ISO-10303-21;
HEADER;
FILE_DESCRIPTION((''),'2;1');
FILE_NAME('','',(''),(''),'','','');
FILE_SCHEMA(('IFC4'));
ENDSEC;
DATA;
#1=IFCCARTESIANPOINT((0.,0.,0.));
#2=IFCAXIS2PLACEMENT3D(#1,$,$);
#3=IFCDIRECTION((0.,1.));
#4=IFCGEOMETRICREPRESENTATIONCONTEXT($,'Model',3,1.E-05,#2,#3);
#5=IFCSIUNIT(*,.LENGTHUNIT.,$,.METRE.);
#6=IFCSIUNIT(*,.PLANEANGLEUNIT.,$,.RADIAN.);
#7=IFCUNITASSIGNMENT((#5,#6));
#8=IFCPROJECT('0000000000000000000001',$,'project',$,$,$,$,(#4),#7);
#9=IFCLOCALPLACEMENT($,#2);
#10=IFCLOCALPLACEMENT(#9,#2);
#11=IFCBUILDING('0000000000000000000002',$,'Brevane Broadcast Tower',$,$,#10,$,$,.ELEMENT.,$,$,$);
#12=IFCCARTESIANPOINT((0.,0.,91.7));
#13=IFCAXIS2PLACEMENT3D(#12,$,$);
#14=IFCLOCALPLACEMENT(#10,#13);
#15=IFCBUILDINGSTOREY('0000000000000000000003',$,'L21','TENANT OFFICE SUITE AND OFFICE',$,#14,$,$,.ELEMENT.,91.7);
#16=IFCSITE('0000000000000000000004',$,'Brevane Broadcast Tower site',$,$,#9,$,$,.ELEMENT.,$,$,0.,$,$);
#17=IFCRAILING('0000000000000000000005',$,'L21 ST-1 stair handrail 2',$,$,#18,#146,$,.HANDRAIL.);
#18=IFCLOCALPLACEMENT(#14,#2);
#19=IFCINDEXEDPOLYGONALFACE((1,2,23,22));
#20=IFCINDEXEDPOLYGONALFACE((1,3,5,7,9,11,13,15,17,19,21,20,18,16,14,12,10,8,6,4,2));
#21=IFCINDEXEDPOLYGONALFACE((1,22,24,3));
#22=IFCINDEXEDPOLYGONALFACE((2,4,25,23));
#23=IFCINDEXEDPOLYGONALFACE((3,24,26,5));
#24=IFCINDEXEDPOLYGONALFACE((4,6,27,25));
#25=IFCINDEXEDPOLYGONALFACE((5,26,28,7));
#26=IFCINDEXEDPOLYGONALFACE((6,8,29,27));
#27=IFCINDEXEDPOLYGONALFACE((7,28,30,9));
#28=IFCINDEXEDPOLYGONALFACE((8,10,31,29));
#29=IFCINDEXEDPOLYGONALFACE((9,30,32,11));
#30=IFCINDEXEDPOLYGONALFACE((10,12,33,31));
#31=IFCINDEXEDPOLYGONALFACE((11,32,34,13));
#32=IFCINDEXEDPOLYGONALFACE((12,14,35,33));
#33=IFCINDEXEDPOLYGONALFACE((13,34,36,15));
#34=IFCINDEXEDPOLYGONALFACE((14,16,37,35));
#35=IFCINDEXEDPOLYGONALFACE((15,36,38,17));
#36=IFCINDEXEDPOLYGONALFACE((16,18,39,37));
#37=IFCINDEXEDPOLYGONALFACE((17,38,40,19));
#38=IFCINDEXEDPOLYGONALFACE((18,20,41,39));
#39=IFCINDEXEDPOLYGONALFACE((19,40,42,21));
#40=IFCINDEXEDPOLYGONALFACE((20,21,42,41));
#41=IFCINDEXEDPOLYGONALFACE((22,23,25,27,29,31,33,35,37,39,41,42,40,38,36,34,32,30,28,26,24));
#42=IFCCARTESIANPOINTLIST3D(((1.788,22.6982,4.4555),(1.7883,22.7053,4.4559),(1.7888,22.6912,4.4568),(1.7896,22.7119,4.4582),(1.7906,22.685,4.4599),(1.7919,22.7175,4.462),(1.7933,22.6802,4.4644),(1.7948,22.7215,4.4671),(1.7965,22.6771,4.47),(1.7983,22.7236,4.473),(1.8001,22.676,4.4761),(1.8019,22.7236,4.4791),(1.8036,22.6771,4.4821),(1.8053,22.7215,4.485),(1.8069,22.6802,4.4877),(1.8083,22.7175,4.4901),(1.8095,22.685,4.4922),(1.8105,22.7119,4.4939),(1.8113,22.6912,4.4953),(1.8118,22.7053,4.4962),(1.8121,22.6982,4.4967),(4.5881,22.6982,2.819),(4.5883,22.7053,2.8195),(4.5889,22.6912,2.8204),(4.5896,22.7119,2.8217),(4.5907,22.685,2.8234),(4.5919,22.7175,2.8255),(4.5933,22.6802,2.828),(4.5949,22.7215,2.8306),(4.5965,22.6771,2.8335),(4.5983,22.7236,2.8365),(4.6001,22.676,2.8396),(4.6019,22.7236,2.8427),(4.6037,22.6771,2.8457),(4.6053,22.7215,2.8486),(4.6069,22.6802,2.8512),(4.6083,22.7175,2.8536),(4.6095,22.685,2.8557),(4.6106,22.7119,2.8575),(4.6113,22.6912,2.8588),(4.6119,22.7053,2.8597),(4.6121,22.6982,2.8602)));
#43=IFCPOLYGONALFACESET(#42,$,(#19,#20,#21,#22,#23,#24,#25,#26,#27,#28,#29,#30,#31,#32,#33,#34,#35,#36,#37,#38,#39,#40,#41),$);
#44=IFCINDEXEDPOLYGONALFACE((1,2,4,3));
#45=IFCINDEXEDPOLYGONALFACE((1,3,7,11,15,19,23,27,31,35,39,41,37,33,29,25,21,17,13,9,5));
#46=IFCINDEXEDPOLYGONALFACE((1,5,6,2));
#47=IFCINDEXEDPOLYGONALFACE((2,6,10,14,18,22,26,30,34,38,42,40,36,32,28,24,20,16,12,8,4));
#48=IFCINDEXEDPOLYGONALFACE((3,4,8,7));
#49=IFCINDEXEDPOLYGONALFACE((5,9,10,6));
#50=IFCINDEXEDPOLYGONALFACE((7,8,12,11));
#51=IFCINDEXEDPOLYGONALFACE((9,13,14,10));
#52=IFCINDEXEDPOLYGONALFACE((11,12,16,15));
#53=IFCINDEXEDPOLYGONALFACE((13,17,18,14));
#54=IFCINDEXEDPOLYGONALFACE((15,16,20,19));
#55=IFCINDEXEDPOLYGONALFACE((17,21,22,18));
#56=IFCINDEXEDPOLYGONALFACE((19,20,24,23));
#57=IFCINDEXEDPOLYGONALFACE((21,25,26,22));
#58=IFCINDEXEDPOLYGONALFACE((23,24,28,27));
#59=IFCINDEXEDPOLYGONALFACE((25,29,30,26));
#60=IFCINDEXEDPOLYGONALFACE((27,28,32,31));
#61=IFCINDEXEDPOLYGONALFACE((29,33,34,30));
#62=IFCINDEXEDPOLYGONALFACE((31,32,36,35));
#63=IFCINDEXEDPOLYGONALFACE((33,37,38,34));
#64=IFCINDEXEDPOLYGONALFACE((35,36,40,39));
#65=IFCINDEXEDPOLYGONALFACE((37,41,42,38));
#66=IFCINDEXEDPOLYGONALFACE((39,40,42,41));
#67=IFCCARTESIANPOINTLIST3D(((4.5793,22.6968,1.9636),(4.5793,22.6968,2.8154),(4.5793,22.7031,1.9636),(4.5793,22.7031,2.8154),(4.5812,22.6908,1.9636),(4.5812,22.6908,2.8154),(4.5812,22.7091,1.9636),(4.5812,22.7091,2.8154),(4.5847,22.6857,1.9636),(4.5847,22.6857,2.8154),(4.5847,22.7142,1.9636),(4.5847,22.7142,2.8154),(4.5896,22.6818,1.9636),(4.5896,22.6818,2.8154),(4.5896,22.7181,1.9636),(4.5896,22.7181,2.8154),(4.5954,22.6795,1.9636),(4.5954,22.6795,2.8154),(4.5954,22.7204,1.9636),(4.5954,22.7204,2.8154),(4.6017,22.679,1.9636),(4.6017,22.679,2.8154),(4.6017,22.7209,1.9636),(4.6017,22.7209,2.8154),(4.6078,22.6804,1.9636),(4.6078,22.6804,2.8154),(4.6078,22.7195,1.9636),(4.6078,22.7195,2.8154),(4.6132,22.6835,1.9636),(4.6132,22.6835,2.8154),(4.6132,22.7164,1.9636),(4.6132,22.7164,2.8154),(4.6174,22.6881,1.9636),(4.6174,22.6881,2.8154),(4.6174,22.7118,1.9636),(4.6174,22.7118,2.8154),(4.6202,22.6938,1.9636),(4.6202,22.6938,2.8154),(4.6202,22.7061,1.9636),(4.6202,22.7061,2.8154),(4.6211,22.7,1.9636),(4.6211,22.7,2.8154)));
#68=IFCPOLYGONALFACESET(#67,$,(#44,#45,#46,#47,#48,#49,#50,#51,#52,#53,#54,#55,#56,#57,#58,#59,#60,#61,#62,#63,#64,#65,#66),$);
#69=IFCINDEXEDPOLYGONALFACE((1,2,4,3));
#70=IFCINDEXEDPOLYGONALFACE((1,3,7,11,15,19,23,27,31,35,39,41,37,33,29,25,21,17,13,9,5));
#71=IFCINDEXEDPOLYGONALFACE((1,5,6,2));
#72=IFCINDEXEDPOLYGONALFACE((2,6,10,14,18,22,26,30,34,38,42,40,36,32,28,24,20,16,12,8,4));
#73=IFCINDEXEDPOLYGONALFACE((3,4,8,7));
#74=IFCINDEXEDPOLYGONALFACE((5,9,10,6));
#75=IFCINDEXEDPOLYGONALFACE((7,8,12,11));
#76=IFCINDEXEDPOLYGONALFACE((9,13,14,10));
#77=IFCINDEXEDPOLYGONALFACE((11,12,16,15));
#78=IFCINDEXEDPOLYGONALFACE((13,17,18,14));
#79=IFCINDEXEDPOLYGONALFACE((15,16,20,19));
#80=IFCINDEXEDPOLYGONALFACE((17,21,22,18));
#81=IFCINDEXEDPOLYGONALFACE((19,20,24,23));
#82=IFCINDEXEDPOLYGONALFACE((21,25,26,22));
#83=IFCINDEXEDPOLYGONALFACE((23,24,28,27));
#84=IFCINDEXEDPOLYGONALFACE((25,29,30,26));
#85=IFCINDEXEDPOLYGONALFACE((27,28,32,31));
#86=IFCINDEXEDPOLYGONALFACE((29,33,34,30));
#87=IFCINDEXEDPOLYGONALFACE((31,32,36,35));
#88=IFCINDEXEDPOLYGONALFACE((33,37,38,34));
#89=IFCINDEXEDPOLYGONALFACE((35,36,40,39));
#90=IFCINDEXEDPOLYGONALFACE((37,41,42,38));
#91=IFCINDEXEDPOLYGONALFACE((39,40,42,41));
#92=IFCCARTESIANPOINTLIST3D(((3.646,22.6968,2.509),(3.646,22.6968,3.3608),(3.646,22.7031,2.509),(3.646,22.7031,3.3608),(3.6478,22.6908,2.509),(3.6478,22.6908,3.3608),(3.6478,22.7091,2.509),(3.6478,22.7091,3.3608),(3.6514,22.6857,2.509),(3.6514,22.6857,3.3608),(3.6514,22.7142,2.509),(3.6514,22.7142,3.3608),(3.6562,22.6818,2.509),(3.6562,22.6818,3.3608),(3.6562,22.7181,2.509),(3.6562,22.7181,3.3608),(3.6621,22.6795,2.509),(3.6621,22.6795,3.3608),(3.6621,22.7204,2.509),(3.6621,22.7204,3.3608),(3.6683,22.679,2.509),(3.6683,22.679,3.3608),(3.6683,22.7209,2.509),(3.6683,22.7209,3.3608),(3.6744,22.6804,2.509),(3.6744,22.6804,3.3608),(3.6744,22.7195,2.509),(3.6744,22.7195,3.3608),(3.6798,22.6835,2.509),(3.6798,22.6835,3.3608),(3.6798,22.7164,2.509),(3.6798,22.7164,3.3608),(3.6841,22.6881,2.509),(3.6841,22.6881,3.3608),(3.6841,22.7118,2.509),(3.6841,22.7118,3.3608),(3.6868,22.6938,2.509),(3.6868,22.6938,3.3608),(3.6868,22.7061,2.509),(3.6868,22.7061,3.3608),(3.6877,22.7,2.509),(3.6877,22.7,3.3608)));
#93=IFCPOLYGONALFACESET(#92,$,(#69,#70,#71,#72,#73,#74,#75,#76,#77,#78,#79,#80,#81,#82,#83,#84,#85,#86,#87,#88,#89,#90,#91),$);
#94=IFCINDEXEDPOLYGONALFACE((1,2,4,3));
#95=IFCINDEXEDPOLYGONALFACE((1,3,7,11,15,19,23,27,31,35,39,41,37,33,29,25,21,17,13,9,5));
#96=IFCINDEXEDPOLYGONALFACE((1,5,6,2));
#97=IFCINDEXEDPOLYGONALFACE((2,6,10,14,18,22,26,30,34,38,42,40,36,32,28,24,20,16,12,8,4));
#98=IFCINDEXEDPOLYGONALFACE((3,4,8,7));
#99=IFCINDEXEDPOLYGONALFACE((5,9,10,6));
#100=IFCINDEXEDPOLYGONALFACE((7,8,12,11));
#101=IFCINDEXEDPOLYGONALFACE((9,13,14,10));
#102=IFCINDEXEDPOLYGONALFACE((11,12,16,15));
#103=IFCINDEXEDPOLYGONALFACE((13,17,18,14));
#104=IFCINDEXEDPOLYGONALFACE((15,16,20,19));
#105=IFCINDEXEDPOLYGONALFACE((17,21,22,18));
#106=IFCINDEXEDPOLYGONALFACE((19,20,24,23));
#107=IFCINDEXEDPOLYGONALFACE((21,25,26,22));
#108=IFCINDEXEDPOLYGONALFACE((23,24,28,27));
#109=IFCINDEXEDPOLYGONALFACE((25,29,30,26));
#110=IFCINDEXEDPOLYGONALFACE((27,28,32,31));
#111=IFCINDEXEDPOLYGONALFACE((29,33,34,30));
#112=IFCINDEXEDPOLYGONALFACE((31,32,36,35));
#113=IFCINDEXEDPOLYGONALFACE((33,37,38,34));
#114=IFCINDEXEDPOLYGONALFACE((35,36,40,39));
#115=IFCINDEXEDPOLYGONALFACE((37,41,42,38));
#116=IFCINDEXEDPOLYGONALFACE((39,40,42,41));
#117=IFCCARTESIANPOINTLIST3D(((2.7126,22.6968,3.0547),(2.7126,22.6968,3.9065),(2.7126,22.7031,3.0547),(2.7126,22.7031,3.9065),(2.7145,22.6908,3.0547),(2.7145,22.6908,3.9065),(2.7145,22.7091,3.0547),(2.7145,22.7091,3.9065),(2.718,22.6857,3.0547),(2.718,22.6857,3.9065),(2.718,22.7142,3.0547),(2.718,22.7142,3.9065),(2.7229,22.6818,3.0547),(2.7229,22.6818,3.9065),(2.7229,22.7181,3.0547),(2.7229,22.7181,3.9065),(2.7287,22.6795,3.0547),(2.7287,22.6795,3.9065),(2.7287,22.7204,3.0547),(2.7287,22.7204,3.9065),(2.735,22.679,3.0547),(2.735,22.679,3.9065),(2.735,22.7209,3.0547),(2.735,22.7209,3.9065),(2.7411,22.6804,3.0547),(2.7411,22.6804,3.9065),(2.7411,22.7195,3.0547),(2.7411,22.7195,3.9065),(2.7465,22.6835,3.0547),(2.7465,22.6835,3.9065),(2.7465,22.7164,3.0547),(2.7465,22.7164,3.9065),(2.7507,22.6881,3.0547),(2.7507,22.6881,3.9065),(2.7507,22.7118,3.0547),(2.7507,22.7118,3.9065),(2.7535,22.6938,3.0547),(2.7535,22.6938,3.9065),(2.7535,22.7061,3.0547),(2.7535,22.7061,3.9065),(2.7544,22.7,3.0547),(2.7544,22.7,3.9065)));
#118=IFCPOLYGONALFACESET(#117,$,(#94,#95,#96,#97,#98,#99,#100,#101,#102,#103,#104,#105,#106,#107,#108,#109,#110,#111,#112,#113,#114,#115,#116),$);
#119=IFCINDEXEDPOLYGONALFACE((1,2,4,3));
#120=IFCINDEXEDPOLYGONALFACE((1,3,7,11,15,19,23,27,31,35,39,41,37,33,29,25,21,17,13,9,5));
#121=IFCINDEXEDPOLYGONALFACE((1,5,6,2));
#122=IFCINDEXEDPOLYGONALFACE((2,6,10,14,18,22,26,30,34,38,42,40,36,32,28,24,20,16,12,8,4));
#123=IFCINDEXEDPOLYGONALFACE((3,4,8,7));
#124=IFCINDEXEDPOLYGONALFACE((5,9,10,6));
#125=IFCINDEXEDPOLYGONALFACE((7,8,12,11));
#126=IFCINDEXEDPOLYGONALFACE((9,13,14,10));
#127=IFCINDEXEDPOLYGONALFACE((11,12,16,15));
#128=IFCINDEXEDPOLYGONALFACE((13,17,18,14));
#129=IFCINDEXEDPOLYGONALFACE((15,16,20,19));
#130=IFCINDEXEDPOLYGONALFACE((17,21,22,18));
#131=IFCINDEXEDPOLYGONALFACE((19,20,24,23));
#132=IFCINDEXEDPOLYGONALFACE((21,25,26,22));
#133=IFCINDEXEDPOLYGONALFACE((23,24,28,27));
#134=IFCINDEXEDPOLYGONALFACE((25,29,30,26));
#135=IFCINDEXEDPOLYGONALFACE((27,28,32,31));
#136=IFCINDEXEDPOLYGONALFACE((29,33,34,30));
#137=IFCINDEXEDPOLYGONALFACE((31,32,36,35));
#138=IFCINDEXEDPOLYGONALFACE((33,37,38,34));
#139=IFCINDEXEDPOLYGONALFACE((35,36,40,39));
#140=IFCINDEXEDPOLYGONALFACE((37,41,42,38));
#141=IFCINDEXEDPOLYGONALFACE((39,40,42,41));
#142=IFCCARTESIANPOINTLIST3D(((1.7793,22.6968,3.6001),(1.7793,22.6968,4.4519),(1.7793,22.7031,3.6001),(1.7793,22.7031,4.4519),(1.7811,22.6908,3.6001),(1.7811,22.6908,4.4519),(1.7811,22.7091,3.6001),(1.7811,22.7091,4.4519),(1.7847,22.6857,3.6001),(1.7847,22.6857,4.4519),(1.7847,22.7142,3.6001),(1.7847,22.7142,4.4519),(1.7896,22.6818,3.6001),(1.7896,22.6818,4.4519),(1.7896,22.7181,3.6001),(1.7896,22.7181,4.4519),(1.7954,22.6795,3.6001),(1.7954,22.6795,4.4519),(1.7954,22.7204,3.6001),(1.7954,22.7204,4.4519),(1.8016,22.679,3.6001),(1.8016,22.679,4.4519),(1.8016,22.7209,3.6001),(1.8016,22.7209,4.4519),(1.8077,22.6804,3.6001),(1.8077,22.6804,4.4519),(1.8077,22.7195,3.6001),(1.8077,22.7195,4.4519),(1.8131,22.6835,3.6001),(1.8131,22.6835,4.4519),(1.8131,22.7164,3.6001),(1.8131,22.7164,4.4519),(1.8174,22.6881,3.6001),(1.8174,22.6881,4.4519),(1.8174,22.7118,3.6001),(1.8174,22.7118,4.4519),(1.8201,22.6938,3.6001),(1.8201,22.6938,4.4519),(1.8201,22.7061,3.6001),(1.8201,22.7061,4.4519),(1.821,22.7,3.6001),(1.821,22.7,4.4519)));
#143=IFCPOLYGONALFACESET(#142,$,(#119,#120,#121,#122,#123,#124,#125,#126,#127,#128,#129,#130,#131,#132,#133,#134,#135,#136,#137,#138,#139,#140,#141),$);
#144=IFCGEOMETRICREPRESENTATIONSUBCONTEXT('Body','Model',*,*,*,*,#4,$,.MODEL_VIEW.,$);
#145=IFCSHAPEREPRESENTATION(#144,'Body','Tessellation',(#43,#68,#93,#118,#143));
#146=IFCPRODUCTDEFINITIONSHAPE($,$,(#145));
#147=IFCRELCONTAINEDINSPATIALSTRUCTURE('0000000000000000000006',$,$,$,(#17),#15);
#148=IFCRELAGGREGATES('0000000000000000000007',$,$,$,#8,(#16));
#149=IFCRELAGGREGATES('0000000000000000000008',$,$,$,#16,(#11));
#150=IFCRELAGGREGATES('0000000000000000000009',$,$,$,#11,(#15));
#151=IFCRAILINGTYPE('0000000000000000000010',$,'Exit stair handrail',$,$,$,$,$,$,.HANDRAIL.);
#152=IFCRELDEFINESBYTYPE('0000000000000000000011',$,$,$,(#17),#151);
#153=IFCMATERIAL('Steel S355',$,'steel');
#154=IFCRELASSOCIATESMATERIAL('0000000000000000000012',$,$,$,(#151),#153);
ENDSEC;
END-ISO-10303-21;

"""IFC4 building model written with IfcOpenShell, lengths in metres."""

from ifc_helpers import new_model, si_unit, direction, frame, origin, origin_2d, place, context, subcontext, project, spatial, circle, extrude, material, type_object, element, save


model = new_model("IFC4")

# Units and contexts
model_context = context("Model", 3, precision=1e-05, world=origin(), true_north=direction((0.0, 1.0)))
body_context = subcontext(model_context, "Body", "Model", "MODEL_VIEW")
ifc_project = project(units=[si_unit("LENGTHUNIT", "METRE"), si_unit("PLANEANGLEUNIT", "RADIAN")], contexts=[model_context])

# Site, building, storey
site_placement = place(None, origin())
site = spatial("IfcSite", under=ifc_project, at=site_placement, Name="Brevane Broadcast Tower site", CompositionType="ELEMENT", RefElevation=0.0)
building_placement = place(site_placement, origin())
building = spatial("IfcBuilding", under=site, at=building_placement, Name="Brevane Broadcast Tower", CompositionType="ELEMENT")
storey_placement = place(building_placement, frame((0.0, 0.0, 91.7)))
storey = spatial("IfcBuildingStorey", under=building, at=storey_placement, Name="L21", Description="TENANT OFFICE SUITE AND OFFICE", CompositionType="ELEMENT", Elevation=91.7)

# Railing
ifc_material_1 = material(Name="Steel S355", Category="steel")
railing_type_1 = type_object("IfcRailingType", Name="Exit stair handrail", PredefinedType="HANDRAIL", material=ifc_material_1)
railing_1_placement = place(storey_placement, frame((4.6001, 22.7, 1.9636)))
element("IfcRailing", 1, at=railing_1_placement, inside=storey, type_object=railing_type_1, Name="L21 ST-1 stair handrail 2", PredefinedType="HANDRAIL", context=body_context, shape_type="SweptSolid", body=[
    extrude(circle(Radius=0.0239, at=origin_2d()), frame((0.0, 0.0, 0.876), z_axis=(-0.863361, 0.0, 0.504587), x_axis=(0.0, -1.0, 0.0)), (0.0, 0.0, 1.0), 3.2432),
    extrude(circle(Radius=0.021, at=origin_2d()), origin(), (0.0, 0.0, 1.0), 0.8518),
    extrude(circle(Radius=0.021, at=origin_2d()), frame((-0.9333, 0.0, 0.5454)), (0.0, 0.0, 1.0), 0.8518),
    extrude(circle(Radius=0.021, at=origin_2d()), frame((-1.8667, 0.0, 1.0911)), (0.0, 0.0, 1.0), 0.8518),
    extrude(circle(Radius=0.021, at=origin_2d()), frame((-2.8, 0.0, 1.6365)), (0.0, 0.0, 1.0), 0.8518),
])

save(model, "model.ifc")
